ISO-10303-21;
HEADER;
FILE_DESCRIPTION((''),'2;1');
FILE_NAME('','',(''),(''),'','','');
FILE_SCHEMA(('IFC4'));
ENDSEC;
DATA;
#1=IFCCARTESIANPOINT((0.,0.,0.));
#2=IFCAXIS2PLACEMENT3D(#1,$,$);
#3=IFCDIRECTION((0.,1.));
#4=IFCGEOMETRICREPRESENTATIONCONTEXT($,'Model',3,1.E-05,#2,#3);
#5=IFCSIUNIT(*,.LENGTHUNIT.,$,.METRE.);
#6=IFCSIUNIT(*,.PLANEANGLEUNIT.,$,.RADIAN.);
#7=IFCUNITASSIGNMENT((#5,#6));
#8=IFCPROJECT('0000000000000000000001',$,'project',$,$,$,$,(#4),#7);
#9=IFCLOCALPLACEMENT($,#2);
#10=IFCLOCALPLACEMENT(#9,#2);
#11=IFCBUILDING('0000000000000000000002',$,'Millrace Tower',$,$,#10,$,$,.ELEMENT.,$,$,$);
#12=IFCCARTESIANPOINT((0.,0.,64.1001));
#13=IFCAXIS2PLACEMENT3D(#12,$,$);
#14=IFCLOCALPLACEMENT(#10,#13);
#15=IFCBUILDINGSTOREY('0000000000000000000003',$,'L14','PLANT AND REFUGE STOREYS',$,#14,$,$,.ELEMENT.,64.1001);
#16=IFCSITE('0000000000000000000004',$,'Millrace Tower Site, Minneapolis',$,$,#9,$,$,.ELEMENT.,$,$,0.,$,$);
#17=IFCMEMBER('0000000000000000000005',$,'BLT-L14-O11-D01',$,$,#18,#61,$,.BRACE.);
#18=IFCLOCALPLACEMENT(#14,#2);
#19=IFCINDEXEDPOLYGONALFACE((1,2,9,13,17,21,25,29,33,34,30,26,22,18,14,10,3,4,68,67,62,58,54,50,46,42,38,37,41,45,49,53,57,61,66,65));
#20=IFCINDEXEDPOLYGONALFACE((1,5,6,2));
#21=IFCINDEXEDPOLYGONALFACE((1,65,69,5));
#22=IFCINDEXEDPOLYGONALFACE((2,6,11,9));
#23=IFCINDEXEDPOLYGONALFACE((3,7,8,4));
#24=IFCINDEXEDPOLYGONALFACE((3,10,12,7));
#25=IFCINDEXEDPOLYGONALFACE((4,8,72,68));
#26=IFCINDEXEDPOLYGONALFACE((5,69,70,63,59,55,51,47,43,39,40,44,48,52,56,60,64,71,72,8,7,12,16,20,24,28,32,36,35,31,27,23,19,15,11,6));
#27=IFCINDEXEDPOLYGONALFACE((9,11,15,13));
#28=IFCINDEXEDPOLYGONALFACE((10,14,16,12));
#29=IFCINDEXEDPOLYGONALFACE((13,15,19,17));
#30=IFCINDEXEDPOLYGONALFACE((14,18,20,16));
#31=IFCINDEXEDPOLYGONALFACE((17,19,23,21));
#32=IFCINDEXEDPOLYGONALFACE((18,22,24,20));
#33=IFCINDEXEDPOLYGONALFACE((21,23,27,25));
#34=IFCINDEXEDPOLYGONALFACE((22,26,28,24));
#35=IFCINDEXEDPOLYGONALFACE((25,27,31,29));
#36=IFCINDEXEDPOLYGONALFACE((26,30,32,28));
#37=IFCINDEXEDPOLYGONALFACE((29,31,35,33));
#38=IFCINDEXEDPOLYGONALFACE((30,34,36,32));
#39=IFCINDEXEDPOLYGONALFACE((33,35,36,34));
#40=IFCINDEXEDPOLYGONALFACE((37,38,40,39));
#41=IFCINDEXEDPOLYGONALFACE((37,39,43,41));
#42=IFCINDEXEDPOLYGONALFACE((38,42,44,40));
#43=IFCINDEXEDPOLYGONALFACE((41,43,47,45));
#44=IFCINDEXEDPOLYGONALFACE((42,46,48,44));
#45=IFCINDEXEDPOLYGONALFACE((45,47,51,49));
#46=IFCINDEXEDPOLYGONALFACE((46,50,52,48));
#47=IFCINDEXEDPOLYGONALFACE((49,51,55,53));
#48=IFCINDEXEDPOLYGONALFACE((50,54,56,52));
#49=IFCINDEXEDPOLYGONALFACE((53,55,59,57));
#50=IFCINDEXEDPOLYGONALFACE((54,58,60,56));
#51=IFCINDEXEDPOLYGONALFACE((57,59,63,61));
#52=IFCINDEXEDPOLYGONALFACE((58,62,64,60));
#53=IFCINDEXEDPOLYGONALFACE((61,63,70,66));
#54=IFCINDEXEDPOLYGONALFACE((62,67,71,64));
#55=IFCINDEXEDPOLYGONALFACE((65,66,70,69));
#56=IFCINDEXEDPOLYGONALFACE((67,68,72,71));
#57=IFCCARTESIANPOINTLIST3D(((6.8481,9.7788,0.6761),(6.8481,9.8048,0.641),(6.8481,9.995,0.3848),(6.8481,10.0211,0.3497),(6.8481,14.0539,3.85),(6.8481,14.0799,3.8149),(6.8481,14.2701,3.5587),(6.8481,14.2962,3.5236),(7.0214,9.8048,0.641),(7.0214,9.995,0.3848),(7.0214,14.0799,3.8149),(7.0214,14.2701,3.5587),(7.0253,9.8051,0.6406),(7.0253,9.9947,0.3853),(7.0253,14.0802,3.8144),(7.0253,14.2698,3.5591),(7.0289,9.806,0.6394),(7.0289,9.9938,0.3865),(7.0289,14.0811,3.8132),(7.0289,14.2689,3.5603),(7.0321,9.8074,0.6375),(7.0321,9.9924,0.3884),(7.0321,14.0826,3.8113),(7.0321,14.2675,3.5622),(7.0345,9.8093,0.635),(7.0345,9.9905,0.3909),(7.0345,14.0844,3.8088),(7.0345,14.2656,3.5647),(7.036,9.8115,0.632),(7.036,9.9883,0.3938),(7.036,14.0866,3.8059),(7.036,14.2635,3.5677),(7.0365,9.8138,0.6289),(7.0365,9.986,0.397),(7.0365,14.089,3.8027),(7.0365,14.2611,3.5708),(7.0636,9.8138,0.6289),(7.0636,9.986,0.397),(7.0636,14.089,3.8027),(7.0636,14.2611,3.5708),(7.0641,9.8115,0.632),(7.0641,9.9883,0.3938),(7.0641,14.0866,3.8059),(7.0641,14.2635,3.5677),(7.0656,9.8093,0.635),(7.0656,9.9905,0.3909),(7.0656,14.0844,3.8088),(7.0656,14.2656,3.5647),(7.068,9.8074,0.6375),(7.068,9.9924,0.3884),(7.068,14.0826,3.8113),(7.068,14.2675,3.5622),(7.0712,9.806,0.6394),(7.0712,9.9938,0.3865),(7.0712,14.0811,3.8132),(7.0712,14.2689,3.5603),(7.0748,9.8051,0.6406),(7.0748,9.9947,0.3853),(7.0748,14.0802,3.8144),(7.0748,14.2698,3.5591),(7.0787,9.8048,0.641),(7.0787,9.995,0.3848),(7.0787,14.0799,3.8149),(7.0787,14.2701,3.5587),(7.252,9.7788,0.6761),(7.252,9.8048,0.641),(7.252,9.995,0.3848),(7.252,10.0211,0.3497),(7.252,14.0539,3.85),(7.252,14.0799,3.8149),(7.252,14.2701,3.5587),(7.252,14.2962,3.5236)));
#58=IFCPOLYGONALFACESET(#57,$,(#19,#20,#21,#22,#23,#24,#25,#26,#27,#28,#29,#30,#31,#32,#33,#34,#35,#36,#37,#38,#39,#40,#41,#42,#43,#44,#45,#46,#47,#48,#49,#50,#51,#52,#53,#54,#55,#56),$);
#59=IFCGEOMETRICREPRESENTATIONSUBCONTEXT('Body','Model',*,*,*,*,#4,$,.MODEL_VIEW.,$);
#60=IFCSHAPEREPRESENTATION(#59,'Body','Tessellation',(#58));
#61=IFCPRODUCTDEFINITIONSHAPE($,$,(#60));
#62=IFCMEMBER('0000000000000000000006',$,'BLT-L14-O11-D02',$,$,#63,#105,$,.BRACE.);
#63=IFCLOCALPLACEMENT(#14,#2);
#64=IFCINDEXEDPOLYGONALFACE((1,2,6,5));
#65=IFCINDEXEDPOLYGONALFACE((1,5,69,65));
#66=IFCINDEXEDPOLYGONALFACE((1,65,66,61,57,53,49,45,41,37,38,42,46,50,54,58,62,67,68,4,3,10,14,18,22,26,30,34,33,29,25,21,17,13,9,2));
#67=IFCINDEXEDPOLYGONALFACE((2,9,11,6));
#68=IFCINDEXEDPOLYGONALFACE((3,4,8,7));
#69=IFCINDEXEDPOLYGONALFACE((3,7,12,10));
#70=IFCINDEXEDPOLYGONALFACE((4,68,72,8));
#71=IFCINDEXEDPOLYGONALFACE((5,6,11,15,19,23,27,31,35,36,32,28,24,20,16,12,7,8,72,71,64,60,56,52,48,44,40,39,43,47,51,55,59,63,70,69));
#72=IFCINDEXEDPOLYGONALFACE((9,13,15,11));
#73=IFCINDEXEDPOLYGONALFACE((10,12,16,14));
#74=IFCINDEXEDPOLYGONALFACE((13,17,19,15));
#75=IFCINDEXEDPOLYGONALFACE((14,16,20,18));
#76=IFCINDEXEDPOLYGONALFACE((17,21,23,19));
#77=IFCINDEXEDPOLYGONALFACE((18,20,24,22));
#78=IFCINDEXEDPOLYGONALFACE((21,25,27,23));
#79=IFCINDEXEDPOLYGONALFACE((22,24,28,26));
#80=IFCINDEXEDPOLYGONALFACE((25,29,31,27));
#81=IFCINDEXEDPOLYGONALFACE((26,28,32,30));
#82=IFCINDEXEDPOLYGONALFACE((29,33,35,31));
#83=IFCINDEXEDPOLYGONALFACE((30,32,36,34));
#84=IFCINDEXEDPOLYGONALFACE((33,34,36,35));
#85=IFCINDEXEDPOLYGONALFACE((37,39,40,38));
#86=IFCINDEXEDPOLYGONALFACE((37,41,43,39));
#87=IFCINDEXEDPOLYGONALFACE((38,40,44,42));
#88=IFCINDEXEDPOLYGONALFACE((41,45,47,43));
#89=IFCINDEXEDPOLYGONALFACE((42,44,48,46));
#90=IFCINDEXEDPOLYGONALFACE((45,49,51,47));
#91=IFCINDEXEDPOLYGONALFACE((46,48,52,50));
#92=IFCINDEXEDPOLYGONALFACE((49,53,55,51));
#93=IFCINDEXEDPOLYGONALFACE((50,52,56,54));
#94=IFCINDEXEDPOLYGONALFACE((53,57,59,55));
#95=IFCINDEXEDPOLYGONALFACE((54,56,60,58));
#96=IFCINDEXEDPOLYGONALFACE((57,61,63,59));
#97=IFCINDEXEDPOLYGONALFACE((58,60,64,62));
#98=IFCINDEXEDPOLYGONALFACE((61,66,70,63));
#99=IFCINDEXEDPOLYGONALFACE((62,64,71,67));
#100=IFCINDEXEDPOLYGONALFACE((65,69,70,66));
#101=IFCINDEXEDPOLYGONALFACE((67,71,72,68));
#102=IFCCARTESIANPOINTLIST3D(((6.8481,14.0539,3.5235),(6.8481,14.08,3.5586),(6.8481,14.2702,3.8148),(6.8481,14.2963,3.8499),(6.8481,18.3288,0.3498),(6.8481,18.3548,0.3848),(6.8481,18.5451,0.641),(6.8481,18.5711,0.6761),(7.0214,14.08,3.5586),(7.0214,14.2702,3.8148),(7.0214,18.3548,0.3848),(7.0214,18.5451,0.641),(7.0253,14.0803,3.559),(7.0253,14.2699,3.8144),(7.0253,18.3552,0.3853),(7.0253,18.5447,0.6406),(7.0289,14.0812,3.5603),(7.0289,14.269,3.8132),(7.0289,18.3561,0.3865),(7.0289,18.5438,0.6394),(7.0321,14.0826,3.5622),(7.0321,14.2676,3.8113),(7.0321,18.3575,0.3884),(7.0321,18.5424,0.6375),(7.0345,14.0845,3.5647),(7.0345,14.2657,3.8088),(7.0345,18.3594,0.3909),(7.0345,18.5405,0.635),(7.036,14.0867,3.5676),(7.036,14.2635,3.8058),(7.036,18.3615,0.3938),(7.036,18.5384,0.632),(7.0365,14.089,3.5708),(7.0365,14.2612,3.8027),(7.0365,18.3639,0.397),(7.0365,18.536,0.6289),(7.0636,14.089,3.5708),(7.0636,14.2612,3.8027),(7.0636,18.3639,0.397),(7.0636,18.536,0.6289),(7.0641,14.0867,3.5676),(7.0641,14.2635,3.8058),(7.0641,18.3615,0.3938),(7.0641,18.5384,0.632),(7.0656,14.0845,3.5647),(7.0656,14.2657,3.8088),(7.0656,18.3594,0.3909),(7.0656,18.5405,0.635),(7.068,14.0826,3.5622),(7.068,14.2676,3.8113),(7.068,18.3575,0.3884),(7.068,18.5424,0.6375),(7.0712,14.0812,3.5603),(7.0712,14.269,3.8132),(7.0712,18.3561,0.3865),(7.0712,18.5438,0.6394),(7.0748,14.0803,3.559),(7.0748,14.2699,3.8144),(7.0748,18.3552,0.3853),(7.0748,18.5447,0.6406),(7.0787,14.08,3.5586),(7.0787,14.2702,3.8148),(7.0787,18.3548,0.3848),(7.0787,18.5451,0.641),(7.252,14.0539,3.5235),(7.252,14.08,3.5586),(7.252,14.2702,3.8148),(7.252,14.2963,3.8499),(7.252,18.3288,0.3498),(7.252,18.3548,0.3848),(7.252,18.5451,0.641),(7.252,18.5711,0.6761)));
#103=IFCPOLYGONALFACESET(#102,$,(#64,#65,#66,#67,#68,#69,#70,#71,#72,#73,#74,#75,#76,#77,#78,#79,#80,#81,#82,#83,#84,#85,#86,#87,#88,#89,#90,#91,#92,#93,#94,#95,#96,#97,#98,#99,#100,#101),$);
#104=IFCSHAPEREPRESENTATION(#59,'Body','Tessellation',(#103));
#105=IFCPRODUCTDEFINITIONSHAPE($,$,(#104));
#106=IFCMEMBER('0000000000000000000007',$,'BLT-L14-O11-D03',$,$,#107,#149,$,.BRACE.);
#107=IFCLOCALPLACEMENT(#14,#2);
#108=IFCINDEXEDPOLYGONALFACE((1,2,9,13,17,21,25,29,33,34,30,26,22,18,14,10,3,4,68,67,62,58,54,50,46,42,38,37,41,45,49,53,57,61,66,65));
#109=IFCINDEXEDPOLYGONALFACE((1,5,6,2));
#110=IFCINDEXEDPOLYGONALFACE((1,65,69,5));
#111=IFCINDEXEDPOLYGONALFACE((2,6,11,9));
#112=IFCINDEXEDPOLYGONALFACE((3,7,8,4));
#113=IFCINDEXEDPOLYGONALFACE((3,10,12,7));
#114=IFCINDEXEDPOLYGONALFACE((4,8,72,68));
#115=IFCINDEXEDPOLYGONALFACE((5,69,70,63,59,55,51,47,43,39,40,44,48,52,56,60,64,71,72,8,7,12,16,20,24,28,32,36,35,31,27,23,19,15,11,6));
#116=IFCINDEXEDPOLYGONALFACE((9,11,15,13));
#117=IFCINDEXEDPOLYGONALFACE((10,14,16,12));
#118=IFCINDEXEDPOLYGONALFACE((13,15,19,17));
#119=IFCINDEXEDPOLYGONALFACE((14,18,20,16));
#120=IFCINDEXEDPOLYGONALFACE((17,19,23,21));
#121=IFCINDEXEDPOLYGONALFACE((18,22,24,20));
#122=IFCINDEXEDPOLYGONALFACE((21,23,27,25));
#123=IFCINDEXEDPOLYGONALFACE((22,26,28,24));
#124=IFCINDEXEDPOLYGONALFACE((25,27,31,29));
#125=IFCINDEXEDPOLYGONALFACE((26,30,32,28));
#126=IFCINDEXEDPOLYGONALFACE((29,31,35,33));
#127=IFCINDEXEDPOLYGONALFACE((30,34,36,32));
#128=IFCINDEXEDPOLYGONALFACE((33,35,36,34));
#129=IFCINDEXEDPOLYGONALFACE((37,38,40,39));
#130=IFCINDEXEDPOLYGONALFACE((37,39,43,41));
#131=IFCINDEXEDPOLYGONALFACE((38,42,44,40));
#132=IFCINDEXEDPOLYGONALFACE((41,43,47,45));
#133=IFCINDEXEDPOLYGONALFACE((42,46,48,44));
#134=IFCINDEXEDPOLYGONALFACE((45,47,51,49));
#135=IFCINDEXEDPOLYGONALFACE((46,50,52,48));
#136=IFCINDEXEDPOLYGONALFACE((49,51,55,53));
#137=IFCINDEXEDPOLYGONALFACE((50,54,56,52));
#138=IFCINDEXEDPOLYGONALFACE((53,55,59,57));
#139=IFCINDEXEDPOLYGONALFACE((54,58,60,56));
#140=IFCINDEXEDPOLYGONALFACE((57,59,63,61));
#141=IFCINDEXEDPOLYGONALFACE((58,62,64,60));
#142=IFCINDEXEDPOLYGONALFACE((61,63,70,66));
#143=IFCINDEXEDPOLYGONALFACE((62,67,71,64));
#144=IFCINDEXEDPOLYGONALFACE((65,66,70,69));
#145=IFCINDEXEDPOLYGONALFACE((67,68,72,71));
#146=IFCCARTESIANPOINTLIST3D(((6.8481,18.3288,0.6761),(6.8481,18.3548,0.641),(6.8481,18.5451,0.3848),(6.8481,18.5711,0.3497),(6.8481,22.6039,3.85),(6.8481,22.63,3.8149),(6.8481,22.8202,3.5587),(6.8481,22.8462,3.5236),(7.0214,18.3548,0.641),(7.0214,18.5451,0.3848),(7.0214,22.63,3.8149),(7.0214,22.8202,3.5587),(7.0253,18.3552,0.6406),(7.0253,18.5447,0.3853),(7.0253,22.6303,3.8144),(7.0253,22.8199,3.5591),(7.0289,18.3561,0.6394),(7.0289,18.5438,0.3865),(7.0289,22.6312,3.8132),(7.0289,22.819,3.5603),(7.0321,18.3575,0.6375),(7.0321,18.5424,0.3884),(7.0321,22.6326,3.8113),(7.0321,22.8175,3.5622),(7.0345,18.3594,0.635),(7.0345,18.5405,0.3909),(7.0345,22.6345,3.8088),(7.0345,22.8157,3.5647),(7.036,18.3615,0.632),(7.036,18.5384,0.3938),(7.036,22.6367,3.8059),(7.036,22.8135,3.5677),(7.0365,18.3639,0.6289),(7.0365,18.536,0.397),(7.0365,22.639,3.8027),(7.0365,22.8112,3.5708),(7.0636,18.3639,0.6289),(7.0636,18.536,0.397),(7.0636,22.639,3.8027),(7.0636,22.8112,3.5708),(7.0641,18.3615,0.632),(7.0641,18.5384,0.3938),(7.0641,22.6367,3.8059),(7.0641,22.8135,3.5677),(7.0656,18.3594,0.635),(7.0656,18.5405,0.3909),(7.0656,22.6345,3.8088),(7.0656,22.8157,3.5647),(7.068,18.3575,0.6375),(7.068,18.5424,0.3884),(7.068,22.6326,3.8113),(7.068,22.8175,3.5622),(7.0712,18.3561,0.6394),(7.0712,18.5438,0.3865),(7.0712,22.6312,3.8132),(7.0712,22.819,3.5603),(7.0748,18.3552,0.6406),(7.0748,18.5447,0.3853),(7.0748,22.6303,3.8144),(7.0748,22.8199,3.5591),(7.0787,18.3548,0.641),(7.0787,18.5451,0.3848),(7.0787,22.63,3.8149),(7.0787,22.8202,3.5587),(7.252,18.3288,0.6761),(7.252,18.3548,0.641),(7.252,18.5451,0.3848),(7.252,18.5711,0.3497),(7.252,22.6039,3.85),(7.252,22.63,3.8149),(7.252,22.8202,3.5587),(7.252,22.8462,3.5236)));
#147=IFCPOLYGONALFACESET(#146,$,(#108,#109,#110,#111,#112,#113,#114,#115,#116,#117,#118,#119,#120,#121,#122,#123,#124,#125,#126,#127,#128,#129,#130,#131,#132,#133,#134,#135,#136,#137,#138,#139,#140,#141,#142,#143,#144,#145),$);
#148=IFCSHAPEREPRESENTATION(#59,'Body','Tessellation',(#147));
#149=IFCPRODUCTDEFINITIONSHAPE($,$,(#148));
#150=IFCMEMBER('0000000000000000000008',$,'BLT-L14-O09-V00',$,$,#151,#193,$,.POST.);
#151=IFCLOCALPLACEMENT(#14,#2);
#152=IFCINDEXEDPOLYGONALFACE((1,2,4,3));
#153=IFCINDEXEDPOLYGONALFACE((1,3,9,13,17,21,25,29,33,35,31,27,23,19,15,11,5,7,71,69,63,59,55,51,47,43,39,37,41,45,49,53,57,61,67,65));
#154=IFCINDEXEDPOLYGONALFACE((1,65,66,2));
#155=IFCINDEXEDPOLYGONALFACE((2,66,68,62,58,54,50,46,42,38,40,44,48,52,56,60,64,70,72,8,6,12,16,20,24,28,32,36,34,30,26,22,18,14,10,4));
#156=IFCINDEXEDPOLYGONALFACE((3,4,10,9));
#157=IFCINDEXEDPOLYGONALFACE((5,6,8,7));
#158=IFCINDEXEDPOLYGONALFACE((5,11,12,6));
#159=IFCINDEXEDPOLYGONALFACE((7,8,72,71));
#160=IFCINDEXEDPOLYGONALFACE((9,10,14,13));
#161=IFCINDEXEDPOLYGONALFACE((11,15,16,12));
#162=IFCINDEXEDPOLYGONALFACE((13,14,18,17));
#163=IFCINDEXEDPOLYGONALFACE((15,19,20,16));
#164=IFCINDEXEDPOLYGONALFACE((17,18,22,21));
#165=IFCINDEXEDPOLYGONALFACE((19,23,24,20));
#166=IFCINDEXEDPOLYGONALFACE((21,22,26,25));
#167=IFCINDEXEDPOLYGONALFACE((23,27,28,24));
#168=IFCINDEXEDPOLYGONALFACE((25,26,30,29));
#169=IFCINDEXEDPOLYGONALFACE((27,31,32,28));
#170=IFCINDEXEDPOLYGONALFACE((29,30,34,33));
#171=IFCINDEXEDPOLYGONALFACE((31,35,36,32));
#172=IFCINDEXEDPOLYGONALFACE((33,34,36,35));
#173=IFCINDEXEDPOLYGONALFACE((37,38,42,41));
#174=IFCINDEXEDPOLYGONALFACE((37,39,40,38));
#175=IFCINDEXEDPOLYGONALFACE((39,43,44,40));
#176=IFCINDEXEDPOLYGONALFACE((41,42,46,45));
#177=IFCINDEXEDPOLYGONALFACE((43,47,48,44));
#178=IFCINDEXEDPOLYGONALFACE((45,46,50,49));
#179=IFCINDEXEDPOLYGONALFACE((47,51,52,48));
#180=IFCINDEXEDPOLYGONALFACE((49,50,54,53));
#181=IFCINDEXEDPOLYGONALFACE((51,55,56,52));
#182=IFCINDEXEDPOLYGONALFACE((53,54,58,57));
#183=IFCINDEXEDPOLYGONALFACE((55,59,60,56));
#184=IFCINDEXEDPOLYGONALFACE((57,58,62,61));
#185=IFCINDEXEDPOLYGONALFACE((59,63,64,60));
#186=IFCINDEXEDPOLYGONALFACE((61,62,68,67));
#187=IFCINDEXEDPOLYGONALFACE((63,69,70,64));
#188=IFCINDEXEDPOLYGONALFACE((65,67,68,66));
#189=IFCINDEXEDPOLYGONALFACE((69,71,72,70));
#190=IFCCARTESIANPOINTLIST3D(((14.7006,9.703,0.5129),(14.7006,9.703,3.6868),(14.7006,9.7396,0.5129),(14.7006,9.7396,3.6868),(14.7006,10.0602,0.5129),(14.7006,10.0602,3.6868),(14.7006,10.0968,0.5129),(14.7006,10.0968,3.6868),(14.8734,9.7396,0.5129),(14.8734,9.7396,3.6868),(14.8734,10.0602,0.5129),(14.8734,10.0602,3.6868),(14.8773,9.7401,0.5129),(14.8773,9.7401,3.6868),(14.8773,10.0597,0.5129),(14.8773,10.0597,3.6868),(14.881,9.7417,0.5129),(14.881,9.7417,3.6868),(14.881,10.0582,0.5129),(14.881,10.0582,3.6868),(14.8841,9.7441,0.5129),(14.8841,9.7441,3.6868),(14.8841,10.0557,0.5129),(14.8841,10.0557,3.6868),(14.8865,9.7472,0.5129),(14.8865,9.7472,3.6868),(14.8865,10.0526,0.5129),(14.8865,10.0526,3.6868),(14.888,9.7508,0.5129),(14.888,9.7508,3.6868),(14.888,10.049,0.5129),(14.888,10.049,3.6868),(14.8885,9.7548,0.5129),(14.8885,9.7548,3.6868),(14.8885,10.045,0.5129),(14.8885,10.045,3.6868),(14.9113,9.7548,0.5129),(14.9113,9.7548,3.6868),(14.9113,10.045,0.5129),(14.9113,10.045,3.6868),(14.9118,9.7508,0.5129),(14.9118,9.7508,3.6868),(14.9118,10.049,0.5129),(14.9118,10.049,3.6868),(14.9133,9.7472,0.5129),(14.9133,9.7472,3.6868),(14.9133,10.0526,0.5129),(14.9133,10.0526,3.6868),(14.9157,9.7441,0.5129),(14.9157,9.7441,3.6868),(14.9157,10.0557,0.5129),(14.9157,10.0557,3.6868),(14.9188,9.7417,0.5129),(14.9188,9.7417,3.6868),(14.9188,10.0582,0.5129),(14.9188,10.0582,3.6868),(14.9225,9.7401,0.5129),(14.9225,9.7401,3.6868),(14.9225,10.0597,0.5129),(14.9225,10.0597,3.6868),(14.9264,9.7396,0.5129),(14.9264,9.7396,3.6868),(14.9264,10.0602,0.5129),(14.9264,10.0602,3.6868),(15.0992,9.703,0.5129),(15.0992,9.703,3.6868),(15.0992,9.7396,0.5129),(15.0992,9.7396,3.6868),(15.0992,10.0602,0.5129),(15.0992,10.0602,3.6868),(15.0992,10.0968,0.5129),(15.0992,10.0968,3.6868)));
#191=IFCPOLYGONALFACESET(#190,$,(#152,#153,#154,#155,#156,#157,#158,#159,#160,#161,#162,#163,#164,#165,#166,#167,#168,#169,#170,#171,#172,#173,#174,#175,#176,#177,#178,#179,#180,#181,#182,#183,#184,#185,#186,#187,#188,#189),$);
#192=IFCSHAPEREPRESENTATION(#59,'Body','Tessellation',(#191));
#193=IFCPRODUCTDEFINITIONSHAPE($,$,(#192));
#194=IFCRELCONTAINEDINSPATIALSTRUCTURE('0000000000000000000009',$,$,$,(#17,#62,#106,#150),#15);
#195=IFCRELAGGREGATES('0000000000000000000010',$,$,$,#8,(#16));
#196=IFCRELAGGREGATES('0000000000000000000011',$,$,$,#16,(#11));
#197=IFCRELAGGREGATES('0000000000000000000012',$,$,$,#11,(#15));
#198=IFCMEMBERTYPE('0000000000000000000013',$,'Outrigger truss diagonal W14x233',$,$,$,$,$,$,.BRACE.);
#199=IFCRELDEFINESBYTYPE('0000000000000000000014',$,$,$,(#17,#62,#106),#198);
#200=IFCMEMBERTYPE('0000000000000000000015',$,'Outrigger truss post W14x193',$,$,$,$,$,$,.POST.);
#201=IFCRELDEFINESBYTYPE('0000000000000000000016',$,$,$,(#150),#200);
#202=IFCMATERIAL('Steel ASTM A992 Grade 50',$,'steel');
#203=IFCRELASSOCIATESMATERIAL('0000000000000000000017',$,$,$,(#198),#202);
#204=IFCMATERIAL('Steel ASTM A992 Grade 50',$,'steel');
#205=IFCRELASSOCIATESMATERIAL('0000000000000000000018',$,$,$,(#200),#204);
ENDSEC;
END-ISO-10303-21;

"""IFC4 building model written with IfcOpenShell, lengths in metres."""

from ifc_helpers import new_model, si_unit, direction, frame, origin, origin_2d, place, context, subcontext, project, spatial, i_section, extrude, material, material_profile, profile_set, type_object, element, save


model = new_model("IFC4")

# Units and contexts
model_context = context("Model", 3, precision=1e-05, world=origin(), true_north=direction((0.0, 1.0)))
body_context = subcontext(model_context, "Body", "Model", "MODEL_VIEW")
ifc_project = project(units=[si_unit("LENGTHUNIT", "METRE"), si_unit("PLANEANGLEUNIT", "RADIAN")], contexts=[model_context])

# Site, building, storey
site_placement = place(None, origin())
site = spatial("IfcSite", under=ifc_project, at=site_placement, Name="Millrace Tower Site, Minneapolis", CompositionType="ELEMENT", RefElevation=0.0)
building_placement = place(site_placement, origin())
building = spatial("IfcBuilding", under=site, at=building_placement, Name="Millrace Tower", CompositionType="ELEMENT")
storey_placement = place(building_placement, frame((0.0, 0.0, 64.1001)))
storey = spatial("IfcBuildingStorey", under=building, at=storey_placement, Name="L14", Description="PLANT AND REFUGE STOREYS", CompositionType="ELEMENT", Elevation=64.1001)

# Members
ifc_material_1 = material(Name="Steel ASTM A992 Grade 50", Category="steel")
ifc_material_profile_1 = material_profile(ifc_material_1, i_section(OverallWidth=0.4038, OverallDepth=0.4065, WebThickness=0.0271, FlangeThickness=0.0437, FilletRadius=0.0151, at=origin_2d()))
ifc_profile_set_1 = profile_set([ifc_material_profile_1], Name="Steel ASTM A992 Grade 50")
member_type_1 = type_object("IfcMemberType", Name="Outrigger truss diagonal W14x233", PredefinedType="BRACE", material=ifc_profile_set_1)
member_1_placement = place(storey_placement, frame((7.05, 9.8999, 0.5129), z_axis=(0.0, 0.802923, 0.596083), x_axis=(-1.0, 0.0, 0.0)))
element("IfcMember", 1, at=member_1_placement, inside=storey, type_object=member_type_1, Name="BLT-L14-O11-D01", PredefinedType="BRACE", context=body_context, shape_type="SweptSolid", body=[
    extrude(i_section(OverallWidth=0.4038, OverallDepth=0.4065, WebThickness=0.0271, FlangeThickness=0.0437, FilletRadius=0.0151, at=origin_2d()), origin(), (0.0, 0.0, 1.0), 5.3245),
])
member_2_placement = place(storey_placement, frame((7.05, 18.45, 0.5129), z_axis=(0.0, -0.802907, 0.596104), x_axis=(1.0, 0.0, 0.0)))
element("IfcMember", 2, at=member_2_placement, inside=storey, type_object=member_type_1, Name="BLT-L14-O11-D02", PredefinedType="BRACE", context=body_context, shape_type="SweptSolid", body=[
    extrude(i_section(OverallWidth=0.4038, OverallDepth=0.4065, WebThickness=0.0271, FlangeThickness=0.0437, FilletRadius=0.0151, at=origin_2d()), origin(), (0.0, 0.0, 1.0), 5.3242),
])
member_3_placement = place(storey_placement, frame((7.05, 18.45, 0.5129), z_axis=(0.0, 0.802923, 0.596083), x_axis=(-1.0, 0.0, 0.0)))
element("IfcMember", 3, at=member_3_placement, inside=storey, type_object=member_type_1, Name="BLT-L14-O11-D03", PredefinedType="BRACE", context=body_context, shape_type="SweptSolid", body=[
    extrude(i_section(OverallWidth=0.4038, OverallDepth=0.4065, WebThickness=0.0271, FlangeThickness=0.0437, FilletRadius=0.0151, at=origin_2d()), origin(), (0.0, 0.0, 1.0), 5.3245),
])
ifc_material_2 = material(Name="Steel ASTM A992 Grade 50", Category="steel")
ifc_material_profile_2 = material_profile(ifc_material_2, i_section(OverallWidth=0.3987, OverallDepth=0.3938, WebThickness=0.0227, FlangeThickness=0.0366, FilletRadius=0.0151, at=origin_2d()))
ifc_profile_set_2 = profile_set([ifc_material_profile_2], Name="Steel ASTM A992 Grade 50")
member_type_2 = type_object("IfcMemberType", Name="Outrigger truss post W14x193", PredefinedType="POST", material=ifc_profile_set_2)
for number, where, z_axis, x_axis, name in (
    (4, (14.8999, 9.8999, 0.5129), (0.0, 0.0, 1.0), (1.0, 0.0, 0.0), "BLT-L14-O09-V00"),
):
    element("IfcMember", number, at=place(storey_placement, frame(where, z_axis=z_axis, x_axis=x_axis)), inside=storey, type_object=member_type_2, Name=name, PredefinedType="POST", context=body_context, shape_type="SweptSolid", body=[
        extrude(i_section(OverallWidth=0.3987, OverallDepth=0.3938, WebThickness=0.0227, FlangeThickness=0.0366, FilletRadius=0.0151, at=origin_2d()), origin(), (0.0, 0.0, 1.0), 3.1738),
    ])

save(model, "model.ifc")
